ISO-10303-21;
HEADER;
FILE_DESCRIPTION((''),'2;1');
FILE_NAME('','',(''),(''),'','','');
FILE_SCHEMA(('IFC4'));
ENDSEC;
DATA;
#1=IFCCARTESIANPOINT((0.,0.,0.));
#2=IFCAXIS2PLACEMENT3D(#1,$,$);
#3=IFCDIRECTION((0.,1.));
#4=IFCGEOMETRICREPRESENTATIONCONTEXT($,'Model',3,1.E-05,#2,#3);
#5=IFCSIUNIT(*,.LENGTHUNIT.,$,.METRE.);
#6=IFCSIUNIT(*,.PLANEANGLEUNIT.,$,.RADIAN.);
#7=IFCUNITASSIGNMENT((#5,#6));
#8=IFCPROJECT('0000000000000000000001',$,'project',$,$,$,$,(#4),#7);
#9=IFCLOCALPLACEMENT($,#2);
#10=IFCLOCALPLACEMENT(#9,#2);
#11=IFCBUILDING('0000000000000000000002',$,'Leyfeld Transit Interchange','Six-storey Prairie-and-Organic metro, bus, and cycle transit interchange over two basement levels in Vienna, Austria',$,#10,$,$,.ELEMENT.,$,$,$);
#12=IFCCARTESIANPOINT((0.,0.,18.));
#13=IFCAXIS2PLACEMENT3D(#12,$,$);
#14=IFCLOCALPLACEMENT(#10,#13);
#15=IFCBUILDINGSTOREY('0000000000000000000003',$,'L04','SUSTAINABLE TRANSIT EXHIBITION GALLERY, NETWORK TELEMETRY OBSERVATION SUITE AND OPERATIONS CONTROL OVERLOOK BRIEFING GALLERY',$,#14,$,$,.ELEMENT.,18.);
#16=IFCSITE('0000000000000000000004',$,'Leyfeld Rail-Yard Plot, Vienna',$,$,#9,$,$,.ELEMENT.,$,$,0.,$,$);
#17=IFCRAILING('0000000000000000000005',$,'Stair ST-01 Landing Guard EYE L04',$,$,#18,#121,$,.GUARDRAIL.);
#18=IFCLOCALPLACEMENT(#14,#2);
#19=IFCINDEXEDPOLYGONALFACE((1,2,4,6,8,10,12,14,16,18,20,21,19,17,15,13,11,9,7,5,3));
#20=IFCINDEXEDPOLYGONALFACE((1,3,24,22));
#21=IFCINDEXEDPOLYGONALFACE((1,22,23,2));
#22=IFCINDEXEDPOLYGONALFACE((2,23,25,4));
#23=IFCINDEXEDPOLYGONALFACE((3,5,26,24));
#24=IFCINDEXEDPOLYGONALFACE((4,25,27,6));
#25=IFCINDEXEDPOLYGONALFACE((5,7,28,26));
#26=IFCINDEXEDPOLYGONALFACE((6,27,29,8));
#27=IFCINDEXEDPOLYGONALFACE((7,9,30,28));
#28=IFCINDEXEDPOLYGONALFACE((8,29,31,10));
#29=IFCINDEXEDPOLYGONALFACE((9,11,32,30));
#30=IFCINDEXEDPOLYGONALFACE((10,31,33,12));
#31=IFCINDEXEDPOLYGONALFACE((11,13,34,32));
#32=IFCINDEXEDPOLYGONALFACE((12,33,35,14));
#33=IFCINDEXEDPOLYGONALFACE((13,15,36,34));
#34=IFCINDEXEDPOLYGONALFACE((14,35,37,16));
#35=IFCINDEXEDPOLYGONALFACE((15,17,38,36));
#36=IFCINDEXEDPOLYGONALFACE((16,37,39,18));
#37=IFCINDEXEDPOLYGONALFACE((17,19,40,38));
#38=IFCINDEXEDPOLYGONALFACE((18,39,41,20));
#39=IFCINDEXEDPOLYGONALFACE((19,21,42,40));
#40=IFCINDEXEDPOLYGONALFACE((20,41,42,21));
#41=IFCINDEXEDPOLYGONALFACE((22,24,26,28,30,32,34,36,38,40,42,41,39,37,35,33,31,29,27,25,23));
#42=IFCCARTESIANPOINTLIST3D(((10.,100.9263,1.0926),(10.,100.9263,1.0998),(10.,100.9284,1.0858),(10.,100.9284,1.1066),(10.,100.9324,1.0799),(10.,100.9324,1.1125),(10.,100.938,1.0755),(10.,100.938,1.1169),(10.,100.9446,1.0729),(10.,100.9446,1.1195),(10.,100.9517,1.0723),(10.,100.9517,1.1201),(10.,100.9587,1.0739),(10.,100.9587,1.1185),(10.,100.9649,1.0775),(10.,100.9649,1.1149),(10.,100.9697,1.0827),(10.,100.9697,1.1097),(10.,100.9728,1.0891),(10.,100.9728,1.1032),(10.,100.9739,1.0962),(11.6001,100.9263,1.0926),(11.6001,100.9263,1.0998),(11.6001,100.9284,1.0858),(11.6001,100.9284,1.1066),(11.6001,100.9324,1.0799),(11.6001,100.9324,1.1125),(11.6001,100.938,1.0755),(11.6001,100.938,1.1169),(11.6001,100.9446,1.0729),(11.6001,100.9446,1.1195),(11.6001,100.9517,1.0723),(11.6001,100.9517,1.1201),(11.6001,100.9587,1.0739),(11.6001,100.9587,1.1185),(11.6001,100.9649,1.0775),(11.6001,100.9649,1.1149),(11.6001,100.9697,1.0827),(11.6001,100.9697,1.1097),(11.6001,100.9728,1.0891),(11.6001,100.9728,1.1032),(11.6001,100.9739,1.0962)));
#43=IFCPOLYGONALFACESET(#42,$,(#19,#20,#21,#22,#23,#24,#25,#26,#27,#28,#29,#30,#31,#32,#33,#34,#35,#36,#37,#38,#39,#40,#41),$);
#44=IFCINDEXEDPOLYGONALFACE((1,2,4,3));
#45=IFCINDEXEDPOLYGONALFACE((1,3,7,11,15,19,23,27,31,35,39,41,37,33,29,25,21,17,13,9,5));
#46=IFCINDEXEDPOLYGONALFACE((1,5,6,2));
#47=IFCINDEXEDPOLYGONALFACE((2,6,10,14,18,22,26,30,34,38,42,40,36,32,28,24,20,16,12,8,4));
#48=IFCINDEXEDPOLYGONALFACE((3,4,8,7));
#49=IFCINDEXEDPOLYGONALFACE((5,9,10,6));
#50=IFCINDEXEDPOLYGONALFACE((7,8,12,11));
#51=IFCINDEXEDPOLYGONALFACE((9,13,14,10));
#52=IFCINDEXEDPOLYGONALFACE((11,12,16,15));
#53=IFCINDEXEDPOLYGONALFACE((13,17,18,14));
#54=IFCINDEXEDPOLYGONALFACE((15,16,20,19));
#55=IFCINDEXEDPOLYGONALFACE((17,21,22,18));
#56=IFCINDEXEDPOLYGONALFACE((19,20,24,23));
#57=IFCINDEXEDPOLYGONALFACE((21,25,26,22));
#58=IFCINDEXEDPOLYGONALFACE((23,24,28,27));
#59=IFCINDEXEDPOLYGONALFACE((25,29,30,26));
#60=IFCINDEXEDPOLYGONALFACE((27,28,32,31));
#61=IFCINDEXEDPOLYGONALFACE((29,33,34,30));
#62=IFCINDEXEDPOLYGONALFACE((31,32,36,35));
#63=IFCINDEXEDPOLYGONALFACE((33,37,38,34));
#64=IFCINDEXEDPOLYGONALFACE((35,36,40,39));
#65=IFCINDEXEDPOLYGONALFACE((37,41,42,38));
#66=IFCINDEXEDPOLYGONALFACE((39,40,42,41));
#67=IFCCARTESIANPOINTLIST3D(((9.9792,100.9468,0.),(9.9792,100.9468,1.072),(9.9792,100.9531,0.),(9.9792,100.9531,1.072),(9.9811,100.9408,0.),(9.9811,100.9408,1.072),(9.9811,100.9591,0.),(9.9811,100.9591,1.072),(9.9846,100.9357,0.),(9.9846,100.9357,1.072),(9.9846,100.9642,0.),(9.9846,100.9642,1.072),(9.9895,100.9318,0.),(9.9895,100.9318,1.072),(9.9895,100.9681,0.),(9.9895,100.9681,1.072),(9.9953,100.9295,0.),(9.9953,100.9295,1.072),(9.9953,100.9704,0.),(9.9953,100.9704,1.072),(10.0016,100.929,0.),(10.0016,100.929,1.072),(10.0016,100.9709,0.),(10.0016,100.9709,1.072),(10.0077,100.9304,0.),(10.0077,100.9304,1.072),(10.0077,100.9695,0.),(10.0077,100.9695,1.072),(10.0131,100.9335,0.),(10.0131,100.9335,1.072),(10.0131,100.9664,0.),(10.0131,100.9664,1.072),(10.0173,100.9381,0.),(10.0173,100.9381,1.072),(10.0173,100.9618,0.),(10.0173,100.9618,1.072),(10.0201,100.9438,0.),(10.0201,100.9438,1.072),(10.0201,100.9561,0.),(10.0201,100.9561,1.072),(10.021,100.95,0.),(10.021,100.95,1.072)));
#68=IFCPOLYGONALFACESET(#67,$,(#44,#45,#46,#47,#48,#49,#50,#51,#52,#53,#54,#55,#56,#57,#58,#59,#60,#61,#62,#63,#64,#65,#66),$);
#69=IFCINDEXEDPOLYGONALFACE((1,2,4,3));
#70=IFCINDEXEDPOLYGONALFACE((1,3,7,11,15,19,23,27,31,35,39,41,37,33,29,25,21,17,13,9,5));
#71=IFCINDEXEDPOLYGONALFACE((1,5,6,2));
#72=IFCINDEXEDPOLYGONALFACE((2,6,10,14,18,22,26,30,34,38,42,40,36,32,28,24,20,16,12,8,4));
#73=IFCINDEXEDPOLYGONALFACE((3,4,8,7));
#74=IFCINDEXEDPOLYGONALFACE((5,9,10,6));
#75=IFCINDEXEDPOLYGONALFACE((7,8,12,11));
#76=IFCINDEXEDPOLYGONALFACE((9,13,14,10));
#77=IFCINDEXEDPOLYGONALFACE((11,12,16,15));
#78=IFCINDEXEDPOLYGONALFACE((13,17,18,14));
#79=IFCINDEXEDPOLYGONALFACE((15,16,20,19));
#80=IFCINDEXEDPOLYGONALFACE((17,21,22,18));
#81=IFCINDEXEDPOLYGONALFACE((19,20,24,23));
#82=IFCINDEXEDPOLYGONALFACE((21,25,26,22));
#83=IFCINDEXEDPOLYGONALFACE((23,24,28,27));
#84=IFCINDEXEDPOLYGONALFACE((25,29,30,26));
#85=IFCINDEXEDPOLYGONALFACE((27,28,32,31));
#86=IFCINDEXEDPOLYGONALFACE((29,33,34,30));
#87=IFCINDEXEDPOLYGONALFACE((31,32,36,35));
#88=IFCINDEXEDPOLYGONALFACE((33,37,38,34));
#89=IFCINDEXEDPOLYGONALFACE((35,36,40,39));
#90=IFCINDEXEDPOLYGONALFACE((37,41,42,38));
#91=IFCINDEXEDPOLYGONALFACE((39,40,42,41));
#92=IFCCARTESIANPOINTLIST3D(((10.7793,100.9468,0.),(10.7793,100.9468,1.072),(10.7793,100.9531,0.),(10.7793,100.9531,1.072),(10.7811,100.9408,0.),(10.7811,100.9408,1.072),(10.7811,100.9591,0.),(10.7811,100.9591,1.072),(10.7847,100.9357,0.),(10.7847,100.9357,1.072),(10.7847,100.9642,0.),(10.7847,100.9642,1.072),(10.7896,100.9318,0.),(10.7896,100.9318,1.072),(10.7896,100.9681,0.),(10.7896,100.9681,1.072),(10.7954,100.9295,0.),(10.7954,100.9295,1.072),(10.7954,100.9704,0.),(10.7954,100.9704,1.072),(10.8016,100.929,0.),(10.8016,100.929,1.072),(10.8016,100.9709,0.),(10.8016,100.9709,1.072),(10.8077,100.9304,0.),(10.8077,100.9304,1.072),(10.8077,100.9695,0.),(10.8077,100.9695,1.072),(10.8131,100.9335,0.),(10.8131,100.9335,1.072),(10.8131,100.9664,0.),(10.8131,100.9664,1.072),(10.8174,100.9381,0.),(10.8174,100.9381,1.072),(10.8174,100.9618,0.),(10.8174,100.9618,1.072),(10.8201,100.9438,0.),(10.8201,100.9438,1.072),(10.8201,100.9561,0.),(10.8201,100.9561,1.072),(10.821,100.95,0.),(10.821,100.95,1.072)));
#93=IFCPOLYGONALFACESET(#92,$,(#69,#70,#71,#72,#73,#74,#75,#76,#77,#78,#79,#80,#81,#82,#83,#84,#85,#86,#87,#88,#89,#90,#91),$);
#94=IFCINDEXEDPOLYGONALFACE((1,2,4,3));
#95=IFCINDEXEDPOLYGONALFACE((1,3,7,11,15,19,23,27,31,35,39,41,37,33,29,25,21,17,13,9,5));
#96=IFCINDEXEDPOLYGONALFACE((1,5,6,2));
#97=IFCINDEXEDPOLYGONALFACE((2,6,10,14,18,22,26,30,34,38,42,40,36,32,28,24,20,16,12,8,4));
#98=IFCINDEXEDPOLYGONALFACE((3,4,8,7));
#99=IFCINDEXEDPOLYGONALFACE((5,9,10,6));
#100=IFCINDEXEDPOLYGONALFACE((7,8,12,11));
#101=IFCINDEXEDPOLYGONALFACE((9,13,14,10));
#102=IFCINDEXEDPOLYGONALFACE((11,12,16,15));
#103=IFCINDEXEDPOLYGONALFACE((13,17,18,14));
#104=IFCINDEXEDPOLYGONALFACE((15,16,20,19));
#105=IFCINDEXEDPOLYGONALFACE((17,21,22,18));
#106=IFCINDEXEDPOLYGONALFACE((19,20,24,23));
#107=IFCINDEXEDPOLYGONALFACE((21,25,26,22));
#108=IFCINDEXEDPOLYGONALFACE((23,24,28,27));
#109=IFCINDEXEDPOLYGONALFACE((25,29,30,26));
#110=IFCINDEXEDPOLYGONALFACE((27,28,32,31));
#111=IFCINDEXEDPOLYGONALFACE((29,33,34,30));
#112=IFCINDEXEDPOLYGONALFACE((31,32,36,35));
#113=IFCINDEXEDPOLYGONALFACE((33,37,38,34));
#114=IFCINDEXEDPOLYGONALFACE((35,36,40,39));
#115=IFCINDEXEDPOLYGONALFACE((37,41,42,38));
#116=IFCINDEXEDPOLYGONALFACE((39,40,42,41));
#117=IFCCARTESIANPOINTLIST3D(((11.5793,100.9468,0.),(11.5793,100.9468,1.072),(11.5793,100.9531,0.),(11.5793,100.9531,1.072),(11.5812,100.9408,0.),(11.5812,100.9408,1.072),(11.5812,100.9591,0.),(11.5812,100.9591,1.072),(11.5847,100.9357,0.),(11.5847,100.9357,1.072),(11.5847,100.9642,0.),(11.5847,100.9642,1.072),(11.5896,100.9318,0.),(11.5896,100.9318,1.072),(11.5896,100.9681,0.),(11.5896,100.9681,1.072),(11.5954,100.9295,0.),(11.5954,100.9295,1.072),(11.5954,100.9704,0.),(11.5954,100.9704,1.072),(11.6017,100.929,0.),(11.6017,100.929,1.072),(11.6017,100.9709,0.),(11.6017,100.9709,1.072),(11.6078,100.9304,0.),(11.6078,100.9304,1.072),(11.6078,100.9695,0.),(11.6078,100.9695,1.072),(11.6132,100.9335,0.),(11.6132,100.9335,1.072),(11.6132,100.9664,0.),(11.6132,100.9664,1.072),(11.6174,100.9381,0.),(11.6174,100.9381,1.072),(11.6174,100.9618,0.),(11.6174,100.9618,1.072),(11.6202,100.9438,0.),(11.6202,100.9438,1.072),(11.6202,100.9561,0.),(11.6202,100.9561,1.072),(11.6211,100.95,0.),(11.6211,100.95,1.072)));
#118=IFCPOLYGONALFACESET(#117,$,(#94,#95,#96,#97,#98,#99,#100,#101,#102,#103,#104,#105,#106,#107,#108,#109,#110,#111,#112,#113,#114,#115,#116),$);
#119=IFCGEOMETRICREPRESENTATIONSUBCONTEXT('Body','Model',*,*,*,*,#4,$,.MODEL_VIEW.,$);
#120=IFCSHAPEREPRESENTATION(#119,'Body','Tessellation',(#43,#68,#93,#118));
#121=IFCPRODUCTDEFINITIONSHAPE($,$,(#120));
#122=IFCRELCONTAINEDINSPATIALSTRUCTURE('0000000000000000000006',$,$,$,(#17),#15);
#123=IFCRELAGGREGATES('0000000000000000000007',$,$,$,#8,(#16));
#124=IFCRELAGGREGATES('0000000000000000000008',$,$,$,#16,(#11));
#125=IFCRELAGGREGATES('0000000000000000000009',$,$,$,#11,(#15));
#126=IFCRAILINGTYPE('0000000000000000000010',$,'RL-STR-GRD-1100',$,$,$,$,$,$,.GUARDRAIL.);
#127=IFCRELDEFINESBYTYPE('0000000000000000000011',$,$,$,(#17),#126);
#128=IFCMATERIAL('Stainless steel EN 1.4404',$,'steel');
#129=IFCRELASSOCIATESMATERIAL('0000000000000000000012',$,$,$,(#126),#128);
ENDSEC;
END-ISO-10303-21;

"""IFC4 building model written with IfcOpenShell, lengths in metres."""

from ifc_helpers import new_model, si_unit, direction, frame, origin, origin_2d, place, context, subcontext, project, spatial, circle, extrude, material, type_object, element, save


model = new_model("IFC4")

# Units and contexts
model_context = context("Model", 3, precision=1e-05, world=origin(), true_north=direction((0.0, 1.0)))
body_context = subcontext(model_context, "Body", "Model", "MODEL_VIEW")
ifc_project = project(units=[si_unit("LENGTHUNIT", "METRE"), si_unit("PLANEANGLEUNIT", "RADIAN")], contexts=[model_context])

# Site, building, storey
site_placement = place(None, origin())
site = spatial("IfcSite", under=ifc_project, at=site_placement, Name="Leyfeld Rail-Yard Plot, Vienna", CompositionType="ELEMENT", RefElevation=0.0)
building_placement = place(site_placement, origin())
building = spatial("IfcBuilding", under=site, at=building_placement, Name="Leyfeld Transit Interchange", Description="Six-storey Prairie-and-Organic metro, bus, and cycle transit interchange over two basement levels in Vienna, Austria", CompositionType="ELEMENT")
storey_placement = place(building_placement, frame((0.0, 0.0, 18.0)))
storey = spatial("IfcBuildingStorey", under=building, at=storey_placement, Name="L04", Description="SUSTAINABLE TRANSIT EXHIBITION GALLERY, NETWORK TELEMETRY OBSERVATION SUITE AND OPERATIONS CONTROL OVERLOOK BRIEFING GALLERY", CompositionType="ELEMENT", Elevation=18.0)

# Shared definitions
ifc_material_1 = material(Name="Stainless steel EN 1.4404", Category="steel")

# Railing
railing_type_1 = type_object("IfcRailingType", Name="RL-STR-GRD-1100", PredefinedType="GUARDRAIL", material=ifc_material_1)
railing_1_placement = place(storey_placement, frame((10.0, 100.95, 0.0)))
element("IfcRailing", 1, at=railing_1_placement, inside=storey, type_object=railing_type_1, Name="Stair ST-01 Landing Guard EYE L04", PredefinedType="GUARDRAIL", context=body_context, shape_type="SweptSolid", body=[
    extrude(circle(Radius=0.0239, at=origin_2d()), frame((0.0, 0.0, 1.0962), z_axis=(1.0, 0.0, 0.0), x_axis=(0.0, 1.0, 0.0)), (0.0, 0.0, 1.0), 1.6001),
    extrude(circle(Radius=0.021, at=origin_2d()), origin(), (0.0, 0.0, 1.0), 1.072),
    extrude(circle(Radius=0.021, at=origin_2d()), frame((0.8, 0.0, 0.0)), (0.0, 0.0, 1.0), 1.072),
    extrude(circle(Radius=0.021, at=origin_2d()), frame((1.6001, 0.0, 0.0)), (0.0, 0.0, 1.0), 1.072),
])

save(model, "model.ifc")
